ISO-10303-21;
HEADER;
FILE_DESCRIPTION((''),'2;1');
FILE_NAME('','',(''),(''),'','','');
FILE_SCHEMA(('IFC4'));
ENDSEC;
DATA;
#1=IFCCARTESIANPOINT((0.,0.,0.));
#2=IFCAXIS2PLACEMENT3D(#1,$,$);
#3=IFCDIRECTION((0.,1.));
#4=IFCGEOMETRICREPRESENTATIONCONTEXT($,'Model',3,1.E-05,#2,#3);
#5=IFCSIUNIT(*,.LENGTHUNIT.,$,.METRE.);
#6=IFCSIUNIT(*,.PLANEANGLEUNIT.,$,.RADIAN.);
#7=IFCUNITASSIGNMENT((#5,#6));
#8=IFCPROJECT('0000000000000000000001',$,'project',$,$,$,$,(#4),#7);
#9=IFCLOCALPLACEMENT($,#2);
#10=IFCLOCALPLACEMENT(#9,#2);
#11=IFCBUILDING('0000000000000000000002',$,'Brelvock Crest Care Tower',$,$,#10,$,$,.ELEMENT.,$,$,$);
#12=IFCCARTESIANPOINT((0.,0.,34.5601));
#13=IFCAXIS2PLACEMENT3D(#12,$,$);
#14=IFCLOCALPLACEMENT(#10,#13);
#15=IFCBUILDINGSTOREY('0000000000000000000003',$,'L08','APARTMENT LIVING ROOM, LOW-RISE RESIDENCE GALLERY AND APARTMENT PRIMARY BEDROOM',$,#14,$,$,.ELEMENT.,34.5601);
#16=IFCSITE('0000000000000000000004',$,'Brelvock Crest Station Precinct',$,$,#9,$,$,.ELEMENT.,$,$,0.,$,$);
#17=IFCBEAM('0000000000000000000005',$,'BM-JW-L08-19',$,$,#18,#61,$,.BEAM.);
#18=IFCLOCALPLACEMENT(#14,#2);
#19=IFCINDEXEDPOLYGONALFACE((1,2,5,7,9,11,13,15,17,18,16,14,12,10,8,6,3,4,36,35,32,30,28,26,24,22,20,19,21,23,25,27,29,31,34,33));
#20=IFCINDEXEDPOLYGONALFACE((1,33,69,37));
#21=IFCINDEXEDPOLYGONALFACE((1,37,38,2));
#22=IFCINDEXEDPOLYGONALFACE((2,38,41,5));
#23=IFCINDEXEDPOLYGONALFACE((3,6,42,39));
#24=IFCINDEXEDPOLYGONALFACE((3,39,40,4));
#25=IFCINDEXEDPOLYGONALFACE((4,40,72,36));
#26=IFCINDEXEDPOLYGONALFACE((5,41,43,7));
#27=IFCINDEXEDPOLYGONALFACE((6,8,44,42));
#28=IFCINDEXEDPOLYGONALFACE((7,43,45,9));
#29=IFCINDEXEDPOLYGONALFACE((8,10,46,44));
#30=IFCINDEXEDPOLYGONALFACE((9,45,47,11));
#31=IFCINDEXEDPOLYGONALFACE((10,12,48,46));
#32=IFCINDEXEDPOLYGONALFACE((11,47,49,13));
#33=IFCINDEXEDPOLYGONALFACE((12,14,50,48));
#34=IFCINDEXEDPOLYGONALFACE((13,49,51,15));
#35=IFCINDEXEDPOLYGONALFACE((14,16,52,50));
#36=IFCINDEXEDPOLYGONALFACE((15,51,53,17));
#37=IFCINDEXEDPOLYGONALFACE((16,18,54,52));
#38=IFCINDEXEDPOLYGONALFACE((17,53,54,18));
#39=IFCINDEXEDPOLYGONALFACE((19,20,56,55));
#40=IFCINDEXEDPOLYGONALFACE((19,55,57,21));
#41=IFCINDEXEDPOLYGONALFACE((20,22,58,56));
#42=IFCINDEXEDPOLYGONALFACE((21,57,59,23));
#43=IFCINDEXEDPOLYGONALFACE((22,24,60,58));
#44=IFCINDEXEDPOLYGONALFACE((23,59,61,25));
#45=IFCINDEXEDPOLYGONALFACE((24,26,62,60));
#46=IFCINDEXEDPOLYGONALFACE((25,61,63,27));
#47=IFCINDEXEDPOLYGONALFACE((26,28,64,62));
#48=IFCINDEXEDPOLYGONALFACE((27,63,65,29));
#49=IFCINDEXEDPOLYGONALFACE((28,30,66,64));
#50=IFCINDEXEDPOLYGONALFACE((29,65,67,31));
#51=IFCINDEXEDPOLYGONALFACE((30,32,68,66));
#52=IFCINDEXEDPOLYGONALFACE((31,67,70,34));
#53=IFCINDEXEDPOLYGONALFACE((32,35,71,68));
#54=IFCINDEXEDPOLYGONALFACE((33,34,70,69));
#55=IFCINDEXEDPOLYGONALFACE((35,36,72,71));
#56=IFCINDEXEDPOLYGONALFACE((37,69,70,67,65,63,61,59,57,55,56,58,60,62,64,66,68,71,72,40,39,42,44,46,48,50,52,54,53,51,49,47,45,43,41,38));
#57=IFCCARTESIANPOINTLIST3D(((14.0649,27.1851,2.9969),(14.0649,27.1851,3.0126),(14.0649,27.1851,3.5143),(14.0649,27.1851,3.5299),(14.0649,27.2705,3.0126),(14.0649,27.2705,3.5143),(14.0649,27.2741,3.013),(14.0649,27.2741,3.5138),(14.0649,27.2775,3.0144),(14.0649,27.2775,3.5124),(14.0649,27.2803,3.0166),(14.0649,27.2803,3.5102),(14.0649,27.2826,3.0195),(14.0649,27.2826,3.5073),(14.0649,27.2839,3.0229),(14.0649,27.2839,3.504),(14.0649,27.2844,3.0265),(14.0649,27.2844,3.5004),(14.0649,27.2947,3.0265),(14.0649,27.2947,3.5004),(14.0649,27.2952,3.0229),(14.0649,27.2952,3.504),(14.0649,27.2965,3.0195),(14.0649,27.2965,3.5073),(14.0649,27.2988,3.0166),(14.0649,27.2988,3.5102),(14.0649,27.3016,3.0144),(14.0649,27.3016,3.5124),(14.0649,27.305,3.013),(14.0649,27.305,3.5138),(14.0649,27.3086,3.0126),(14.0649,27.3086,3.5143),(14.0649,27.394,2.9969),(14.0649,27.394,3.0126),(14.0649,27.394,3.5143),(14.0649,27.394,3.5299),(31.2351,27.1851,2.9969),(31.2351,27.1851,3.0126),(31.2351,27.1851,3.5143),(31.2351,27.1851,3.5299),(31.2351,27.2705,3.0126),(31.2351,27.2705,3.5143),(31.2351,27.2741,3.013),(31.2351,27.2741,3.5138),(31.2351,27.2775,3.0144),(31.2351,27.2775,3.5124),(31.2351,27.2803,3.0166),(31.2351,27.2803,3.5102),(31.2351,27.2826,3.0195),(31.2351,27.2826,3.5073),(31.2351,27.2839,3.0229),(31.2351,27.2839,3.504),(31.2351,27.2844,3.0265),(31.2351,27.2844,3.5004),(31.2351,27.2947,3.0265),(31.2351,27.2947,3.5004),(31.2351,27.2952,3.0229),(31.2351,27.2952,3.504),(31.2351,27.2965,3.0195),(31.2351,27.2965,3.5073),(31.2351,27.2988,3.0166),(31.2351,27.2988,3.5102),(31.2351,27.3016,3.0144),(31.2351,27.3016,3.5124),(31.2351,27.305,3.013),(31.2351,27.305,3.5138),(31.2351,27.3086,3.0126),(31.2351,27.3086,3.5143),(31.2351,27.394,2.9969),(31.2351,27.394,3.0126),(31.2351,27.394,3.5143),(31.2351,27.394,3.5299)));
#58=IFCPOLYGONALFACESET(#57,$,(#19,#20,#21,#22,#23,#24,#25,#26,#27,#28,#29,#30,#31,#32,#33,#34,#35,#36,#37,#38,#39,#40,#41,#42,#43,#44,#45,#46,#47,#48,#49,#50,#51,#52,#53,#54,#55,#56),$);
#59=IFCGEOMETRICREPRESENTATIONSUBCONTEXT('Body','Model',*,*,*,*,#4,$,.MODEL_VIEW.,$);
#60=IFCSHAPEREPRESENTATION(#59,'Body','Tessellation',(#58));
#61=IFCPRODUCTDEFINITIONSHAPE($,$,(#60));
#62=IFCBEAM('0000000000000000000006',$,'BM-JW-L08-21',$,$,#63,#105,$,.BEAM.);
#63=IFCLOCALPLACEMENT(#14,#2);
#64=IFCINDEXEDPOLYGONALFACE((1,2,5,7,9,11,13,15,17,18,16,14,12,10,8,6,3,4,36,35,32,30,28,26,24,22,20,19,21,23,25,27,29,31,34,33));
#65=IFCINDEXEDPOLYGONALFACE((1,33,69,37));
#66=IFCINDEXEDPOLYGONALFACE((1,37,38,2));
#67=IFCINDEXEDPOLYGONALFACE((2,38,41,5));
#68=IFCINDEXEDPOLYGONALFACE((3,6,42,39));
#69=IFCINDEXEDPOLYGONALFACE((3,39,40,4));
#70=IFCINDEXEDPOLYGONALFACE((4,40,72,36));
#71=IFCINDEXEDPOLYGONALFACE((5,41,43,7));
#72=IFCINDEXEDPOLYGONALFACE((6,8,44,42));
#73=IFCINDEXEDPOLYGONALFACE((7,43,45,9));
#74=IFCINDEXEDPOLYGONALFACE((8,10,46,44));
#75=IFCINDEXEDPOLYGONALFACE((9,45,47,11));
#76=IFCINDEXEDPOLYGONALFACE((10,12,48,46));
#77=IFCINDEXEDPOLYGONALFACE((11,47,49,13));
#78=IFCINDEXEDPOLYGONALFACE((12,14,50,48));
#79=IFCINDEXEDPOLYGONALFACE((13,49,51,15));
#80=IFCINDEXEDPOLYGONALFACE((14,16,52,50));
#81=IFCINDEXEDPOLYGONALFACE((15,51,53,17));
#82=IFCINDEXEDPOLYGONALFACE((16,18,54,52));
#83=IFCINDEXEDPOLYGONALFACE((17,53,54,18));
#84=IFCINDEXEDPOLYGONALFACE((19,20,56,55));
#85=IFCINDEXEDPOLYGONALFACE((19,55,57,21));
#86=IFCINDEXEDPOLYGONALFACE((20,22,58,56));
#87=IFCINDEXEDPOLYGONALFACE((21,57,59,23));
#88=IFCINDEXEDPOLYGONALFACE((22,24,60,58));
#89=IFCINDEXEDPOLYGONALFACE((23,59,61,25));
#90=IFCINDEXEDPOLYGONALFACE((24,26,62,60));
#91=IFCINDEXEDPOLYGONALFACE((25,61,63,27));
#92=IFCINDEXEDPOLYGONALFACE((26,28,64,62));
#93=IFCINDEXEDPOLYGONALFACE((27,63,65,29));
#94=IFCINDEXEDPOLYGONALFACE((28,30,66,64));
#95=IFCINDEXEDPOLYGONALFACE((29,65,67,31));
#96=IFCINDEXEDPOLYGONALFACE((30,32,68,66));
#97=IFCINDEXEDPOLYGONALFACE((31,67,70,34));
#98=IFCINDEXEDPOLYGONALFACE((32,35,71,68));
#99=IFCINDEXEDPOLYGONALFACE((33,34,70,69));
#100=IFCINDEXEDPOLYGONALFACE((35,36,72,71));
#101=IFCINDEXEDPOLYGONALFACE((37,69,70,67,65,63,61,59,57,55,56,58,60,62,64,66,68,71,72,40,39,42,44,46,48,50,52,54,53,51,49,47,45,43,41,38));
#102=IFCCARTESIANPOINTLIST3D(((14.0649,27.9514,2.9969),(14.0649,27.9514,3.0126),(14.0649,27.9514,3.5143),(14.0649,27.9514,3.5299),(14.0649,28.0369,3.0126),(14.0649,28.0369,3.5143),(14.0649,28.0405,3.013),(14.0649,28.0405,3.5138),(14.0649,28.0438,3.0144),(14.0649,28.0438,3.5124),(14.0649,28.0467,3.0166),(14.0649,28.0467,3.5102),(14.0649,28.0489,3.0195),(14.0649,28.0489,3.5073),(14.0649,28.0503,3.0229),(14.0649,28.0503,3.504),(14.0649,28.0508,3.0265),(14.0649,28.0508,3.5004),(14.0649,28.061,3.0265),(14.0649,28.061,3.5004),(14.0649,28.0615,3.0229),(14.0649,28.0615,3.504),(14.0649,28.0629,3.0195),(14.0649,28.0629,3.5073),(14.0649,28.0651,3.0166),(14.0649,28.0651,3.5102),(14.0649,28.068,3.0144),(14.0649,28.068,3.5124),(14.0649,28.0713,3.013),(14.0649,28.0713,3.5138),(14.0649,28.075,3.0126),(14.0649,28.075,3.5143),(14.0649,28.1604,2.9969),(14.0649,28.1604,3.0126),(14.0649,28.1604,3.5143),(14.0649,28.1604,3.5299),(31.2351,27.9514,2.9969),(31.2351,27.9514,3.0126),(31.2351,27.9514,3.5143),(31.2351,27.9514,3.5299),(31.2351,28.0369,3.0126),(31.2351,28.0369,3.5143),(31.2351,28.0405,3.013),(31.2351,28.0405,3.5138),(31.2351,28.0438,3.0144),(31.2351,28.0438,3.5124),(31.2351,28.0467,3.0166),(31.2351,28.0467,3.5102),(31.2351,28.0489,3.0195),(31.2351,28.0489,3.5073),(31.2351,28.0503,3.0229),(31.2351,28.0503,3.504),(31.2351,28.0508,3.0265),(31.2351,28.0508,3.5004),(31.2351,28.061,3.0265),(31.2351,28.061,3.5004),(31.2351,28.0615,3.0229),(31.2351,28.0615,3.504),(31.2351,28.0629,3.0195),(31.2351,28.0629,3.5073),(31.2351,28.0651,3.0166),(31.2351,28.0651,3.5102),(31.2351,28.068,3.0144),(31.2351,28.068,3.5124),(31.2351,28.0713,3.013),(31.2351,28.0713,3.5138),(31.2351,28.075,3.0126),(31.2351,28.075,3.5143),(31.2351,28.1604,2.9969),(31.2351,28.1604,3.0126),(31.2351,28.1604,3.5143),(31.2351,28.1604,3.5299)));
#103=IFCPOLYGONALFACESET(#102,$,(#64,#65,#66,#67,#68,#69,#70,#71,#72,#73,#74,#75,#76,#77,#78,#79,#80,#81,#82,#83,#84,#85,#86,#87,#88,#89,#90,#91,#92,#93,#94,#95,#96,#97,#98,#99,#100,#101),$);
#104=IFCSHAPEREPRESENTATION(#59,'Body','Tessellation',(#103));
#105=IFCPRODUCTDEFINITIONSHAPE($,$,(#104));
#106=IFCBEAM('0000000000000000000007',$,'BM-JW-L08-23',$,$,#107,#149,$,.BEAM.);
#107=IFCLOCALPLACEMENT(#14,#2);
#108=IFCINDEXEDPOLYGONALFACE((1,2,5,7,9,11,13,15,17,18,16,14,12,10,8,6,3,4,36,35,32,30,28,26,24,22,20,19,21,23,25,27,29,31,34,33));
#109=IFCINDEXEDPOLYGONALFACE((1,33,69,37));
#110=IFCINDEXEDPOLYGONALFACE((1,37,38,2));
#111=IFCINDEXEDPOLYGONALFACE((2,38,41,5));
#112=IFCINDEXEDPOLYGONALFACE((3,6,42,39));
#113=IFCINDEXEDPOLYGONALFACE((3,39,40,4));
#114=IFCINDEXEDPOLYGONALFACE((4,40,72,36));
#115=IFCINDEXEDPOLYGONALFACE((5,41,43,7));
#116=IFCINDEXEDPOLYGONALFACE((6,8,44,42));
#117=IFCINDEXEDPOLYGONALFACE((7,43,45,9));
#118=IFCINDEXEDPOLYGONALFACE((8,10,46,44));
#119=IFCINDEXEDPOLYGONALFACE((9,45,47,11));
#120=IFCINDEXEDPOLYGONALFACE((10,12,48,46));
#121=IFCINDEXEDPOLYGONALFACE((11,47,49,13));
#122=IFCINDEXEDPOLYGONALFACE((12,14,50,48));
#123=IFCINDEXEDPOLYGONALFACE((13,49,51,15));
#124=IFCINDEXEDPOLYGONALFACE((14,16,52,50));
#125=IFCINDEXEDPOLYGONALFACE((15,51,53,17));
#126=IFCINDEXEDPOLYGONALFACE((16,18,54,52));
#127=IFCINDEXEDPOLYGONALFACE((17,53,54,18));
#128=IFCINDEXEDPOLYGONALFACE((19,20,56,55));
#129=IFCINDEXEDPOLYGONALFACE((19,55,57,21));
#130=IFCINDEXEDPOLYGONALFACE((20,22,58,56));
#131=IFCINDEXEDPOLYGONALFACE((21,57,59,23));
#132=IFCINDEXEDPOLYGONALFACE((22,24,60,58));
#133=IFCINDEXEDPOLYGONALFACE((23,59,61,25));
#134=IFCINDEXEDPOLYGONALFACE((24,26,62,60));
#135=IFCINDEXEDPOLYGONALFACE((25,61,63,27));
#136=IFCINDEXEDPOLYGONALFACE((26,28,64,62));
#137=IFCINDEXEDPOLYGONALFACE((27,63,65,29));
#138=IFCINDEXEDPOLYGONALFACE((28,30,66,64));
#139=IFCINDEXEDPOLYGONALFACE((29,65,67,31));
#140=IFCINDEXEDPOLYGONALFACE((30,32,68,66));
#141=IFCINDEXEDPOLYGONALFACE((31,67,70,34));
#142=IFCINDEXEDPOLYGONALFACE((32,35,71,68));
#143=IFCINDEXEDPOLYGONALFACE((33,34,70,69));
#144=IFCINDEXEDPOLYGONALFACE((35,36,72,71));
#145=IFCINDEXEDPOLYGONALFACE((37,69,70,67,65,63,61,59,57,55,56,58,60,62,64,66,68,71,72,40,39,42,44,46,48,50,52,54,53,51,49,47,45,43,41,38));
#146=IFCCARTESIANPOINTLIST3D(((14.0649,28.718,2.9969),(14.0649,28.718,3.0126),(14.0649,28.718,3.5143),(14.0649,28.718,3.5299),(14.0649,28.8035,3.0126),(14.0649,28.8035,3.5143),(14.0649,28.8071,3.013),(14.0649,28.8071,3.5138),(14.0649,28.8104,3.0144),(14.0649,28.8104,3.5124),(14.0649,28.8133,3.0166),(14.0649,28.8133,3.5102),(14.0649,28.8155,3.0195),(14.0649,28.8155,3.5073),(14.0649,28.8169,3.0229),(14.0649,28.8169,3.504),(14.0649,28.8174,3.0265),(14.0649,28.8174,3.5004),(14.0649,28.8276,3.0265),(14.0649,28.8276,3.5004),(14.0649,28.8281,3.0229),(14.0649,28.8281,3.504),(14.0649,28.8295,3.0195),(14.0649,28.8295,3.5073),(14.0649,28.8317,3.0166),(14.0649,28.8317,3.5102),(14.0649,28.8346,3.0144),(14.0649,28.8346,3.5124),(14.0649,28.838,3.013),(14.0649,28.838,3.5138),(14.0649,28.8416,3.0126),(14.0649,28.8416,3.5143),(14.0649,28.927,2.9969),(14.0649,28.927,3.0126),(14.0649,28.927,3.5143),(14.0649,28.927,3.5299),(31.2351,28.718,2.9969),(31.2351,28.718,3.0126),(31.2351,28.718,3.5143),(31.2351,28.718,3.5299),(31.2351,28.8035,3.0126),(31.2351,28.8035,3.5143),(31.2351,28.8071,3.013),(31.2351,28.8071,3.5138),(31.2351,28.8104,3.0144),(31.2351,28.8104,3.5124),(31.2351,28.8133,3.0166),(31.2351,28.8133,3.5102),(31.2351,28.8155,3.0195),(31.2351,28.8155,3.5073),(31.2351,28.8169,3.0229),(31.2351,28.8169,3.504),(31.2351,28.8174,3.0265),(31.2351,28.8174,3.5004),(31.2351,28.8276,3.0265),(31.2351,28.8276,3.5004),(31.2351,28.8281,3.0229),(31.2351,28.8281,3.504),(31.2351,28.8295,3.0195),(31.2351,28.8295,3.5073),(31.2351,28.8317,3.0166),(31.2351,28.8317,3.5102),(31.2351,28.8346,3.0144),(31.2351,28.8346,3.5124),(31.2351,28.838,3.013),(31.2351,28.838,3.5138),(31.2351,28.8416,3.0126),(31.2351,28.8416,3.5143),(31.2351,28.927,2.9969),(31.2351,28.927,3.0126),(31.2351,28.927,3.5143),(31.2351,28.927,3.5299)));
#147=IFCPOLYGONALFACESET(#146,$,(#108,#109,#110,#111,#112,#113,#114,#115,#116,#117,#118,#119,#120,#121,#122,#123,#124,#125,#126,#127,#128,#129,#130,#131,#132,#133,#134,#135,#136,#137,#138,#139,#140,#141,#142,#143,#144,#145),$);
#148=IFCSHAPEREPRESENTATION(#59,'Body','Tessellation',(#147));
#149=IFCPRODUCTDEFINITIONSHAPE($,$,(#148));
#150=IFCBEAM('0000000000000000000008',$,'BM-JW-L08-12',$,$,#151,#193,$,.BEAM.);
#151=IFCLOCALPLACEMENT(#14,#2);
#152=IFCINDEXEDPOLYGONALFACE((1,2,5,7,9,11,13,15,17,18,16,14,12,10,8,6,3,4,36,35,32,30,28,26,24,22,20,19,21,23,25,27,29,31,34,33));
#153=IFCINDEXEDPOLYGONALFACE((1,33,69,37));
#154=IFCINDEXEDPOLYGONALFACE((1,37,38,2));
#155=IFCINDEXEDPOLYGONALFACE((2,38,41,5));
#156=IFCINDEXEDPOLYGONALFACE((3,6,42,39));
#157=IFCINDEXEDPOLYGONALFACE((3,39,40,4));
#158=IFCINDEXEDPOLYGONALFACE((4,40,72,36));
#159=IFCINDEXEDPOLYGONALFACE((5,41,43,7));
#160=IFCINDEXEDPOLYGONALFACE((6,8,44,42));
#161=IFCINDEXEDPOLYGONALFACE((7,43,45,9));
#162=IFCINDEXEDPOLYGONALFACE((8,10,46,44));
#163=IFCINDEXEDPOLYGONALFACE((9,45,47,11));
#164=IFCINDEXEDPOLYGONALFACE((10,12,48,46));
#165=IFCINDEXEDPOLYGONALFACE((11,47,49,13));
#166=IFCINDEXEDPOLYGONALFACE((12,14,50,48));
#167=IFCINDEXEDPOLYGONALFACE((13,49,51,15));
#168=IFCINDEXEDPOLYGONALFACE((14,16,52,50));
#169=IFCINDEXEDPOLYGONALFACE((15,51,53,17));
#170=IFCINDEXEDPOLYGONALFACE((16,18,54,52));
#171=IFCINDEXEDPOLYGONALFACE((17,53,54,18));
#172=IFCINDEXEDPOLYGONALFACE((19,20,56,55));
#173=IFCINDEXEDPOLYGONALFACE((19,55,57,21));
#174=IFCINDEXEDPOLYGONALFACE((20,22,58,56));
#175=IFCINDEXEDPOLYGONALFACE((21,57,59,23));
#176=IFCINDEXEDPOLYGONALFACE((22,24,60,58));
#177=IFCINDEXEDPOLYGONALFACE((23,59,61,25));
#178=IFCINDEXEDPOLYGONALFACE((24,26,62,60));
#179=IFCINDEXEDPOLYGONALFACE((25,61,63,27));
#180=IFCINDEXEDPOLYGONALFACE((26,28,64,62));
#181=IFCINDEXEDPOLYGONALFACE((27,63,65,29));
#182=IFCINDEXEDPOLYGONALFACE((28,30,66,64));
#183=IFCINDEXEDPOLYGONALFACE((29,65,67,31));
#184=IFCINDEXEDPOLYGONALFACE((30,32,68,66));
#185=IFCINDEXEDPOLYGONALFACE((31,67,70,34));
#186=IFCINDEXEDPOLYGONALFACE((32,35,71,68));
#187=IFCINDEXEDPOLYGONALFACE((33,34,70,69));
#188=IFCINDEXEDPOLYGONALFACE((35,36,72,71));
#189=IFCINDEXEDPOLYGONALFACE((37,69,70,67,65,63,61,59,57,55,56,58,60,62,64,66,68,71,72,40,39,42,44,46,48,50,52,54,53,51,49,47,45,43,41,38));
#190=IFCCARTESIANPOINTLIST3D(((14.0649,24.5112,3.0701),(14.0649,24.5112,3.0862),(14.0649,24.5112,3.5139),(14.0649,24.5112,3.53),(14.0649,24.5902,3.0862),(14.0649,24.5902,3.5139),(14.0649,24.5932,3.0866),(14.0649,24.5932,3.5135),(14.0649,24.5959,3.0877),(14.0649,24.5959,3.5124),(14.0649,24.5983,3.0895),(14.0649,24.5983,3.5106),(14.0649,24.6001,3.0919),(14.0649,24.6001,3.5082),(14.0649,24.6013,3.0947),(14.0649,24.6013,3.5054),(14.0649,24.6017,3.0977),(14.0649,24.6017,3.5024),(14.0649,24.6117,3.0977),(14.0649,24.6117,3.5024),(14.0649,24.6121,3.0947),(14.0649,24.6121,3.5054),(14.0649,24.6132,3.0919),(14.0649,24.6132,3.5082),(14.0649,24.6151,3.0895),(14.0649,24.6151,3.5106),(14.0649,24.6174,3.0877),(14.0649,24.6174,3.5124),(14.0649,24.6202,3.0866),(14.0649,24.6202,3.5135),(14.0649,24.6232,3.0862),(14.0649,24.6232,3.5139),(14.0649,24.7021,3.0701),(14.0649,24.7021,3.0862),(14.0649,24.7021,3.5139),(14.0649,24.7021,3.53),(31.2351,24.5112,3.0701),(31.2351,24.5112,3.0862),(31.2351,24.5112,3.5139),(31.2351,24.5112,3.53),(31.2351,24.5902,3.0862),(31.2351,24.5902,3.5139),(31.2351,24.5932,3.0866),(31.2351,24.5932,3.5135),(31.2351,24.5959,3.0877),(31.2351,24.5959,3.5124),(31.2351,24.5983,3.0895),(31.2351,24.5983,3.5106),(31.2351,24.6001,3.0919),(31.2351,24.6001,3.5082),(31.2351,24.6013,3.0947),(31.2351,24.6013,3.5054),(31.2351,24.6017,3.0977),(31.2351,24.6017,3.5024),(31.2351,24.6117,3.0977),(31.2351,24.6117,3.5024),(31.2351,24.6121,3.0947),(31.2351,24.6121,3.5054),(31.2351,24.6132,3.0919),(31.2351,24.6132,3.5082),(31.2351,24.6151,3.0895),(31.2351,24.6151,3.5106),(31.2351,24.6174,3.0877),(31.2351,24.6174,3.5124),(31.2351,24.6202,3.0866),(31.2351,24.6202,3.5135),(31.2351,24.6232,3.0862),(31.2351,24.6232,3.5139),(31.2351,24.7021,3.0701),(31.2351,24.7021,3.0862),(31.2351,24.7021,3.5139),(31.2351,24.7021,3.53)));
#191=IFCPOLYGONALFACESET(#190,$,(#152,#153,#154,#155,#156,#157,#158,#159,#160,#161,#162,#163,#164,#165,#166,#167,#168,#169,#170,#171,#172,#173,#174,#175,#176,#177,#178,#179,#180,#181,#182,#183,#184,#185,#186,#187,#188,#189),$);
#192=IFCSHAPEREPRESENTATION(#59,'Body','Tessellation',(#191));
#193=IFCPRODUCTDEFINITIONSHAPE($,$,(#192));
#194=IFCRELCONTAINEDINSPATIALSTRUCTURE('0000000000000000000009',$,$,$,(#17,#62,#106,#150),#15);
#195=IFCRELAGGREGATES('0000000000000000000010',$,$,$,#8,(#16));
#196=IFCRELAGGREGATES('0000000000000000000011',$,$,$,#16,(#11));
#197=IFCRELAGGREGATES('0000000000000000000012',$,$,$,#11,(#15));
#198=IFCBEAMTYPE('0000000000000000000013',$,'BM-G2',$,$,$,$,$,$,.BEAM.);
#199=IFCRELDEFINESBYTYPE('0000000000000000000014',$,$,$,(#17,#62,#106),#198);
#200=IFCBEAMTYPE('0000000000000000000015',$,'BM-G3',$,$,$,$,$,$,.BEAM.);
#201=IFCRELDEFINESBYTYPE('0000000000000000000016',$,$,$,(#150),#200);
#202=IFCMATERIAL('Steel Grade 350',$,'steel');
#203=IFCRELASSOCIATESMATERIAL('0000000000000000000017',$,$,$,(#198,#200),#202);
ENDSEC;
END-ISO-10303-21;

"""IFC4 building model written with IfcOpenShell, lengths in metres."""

from ifc_helpers import new_model, si_unit, direction, frame, origin, origin_2d, place, context, subcontext, project, spatial, i_section, extrude, source, transform, mapped, material, material_profile, profile_set, type_object, element, save


model = new_model("IFC4")

# Units and contexts
model_context = context("Model", 3, precision=1e-05, world=origin(), true_north=direction((0.0, 1.0)))
body_context = subcontext(model_context, "Body", "Model", "MODEL_VIEW")
ifc_project = project(units=[si_unit("LENGTHUNIT", "METRE"), si_unit("PLANEANGLEUNIT", "RADIAN")], contexts=[model_context])

# Site, building, storey
site_placement = place(None, origin())
site = spatial("IfcSite", under=ifc_project, at=site_placement, Name="Brelvock Crest Station Precinct", CompositionType="ELEMENT", RefElevation=0.0)
building_placement = place(site_placement, origin())
building = spatial("IfcBuilding", under=site, at=building_placement, Name="Brelvock Crest Care Tower", CompositionType="ELEMENT")
storey_placement = place(building_placement, frame((0.0, 0.0, 34.5601)))
storey = spatial("IfcBuildingStorey", under=building, at=storey_placement, Name="L08", Description="APARTMENT LIVING ROOM, LOW-RISE RESIDENCE GALLERY AND APARTMENT PRIMARY BEDROOM", CompositionType="ELEMENT", Elevation=34.5601)

# Beams
ifc_material_1 = material(Name="Steel Grade 350", Category="steel")
ifc_material_profile_1 = material_profile(ifc_material_1, i_section(OverallWidth=0.209, OverallDepth=0.533, WebThickness=0.0103, FlangeThickness=0.0156, FilletRadius=0.0139, at=origin_2d()), Name="530UB92.4")
ifc_profile_set_1 = profile_set([ifc_material_profile_1], Name="Steel Grade 350")
beam_type_1 = type_object("IfcBeamType", Name="BM-G2", PredefinedType="BEAM", material=ifc_profile_set_1)
shared_shape_1 = source(origin(), body_context, "Body", "SweptSolid", [
    extrude(i_section(OverallWidth=0.209, OverallDepth=0.533, WebThickness=0.0103, FlangeThickness=0.0156, FilletRadius=0.0139, at=origin_2d()), origin(), (0.0, 0.0, 1.0), 17.1702),
])
for number, where, z_axis, x_axis, name in (
    (1, (14.0649, 27.2896, 3.2634), (1.0, 0.0, 0.0), (0.0, 1.0, 0.0), "BM-JW-L08-19"),
    (2, (14.0649, 28.0559, 3.2634), (1.0, 0.0, 0.0), (0.0, 1.0, 0.0), "BM-JW-L08-21"),
    (3, (14.0649, 28.8225, 3.2634), (1.0, 0.0, 0.0), (0.0, 1.0, 0.0), "BM-JW-L08-23"),
):
    element("IfcBeam", number, at=place(storey_placement, frame(where, z_axis=z_axis, x_axis=x_axis)), inside=storey, type_object=beam_type_1, Name=name, PredefinedType="BEAM", context=body_context, shape_type="MappedRepresentation", body=[
        mapped(shared_shape_1, transform((0.0, 0.0, 0.0), x_axis=(1.0, 0.0, 0.0), y_axis=(0.0, 1.0, 0.0), z_axis=(0.0, 0.0, 1.0), scale=1.0)),
    ])
ifc_material_profile_2 = material_profile(ifc_material_1, i_section(OverallWidth=0.1909, OverallDepth=0.46, WebThickness=0.01, FlangeThickness=0.0161, FilletRadius=0.0115, at=origin_2d()), Name="460UB82.1")
ifc_profile_set_2 = profile_set([ifc_material_profile_2], Name="Steel Grade 350")
beam_type_2 = type_object("IfcBeamType", Name="BM-G3", PredefinedType="BEAM", material=ifc_profile_set_2)
shared_shape_2 = source(origin(), body_context, "Body", "SweptSolid", [
    extrude(i_section(OverallWidth=0.1909, OverallDepth=0.46, WebThickness=0.01, FlangeThickness=0.0161, FilletRadius=0.0115, at=origin_2d()), origin(), (0.0, 0.0, 1.0), 17.1702),
])
for number, where, z_axis, x_axis, name in (
    (4, (14.0649, 24.6067, 3.3), (1.0, 0.0, 0.0), (0.0, 1.0, 0.0), "BM-JW-L08-12"),
):
    element("IfcBeam", number, at=place(storey_placement, frame(where, z_axis=z_axis, x_axis=x_axis)), inside=storey, type_object=beam_type_2, Name=name, PredefinedType="BEAM", context=body_context, shape_type="MappedRepresentation", body=[
        mapped(shared_shape_2, transform((0.0, 0.0, 0.0), x_axis=(1.0, 0.0, 0.0), y_axis=(0.0, 1.0, 0.0), z_axis=(0.0, 0.0, 1.0), scale=1.0)),
    ])

save(model, "model.ifc")
